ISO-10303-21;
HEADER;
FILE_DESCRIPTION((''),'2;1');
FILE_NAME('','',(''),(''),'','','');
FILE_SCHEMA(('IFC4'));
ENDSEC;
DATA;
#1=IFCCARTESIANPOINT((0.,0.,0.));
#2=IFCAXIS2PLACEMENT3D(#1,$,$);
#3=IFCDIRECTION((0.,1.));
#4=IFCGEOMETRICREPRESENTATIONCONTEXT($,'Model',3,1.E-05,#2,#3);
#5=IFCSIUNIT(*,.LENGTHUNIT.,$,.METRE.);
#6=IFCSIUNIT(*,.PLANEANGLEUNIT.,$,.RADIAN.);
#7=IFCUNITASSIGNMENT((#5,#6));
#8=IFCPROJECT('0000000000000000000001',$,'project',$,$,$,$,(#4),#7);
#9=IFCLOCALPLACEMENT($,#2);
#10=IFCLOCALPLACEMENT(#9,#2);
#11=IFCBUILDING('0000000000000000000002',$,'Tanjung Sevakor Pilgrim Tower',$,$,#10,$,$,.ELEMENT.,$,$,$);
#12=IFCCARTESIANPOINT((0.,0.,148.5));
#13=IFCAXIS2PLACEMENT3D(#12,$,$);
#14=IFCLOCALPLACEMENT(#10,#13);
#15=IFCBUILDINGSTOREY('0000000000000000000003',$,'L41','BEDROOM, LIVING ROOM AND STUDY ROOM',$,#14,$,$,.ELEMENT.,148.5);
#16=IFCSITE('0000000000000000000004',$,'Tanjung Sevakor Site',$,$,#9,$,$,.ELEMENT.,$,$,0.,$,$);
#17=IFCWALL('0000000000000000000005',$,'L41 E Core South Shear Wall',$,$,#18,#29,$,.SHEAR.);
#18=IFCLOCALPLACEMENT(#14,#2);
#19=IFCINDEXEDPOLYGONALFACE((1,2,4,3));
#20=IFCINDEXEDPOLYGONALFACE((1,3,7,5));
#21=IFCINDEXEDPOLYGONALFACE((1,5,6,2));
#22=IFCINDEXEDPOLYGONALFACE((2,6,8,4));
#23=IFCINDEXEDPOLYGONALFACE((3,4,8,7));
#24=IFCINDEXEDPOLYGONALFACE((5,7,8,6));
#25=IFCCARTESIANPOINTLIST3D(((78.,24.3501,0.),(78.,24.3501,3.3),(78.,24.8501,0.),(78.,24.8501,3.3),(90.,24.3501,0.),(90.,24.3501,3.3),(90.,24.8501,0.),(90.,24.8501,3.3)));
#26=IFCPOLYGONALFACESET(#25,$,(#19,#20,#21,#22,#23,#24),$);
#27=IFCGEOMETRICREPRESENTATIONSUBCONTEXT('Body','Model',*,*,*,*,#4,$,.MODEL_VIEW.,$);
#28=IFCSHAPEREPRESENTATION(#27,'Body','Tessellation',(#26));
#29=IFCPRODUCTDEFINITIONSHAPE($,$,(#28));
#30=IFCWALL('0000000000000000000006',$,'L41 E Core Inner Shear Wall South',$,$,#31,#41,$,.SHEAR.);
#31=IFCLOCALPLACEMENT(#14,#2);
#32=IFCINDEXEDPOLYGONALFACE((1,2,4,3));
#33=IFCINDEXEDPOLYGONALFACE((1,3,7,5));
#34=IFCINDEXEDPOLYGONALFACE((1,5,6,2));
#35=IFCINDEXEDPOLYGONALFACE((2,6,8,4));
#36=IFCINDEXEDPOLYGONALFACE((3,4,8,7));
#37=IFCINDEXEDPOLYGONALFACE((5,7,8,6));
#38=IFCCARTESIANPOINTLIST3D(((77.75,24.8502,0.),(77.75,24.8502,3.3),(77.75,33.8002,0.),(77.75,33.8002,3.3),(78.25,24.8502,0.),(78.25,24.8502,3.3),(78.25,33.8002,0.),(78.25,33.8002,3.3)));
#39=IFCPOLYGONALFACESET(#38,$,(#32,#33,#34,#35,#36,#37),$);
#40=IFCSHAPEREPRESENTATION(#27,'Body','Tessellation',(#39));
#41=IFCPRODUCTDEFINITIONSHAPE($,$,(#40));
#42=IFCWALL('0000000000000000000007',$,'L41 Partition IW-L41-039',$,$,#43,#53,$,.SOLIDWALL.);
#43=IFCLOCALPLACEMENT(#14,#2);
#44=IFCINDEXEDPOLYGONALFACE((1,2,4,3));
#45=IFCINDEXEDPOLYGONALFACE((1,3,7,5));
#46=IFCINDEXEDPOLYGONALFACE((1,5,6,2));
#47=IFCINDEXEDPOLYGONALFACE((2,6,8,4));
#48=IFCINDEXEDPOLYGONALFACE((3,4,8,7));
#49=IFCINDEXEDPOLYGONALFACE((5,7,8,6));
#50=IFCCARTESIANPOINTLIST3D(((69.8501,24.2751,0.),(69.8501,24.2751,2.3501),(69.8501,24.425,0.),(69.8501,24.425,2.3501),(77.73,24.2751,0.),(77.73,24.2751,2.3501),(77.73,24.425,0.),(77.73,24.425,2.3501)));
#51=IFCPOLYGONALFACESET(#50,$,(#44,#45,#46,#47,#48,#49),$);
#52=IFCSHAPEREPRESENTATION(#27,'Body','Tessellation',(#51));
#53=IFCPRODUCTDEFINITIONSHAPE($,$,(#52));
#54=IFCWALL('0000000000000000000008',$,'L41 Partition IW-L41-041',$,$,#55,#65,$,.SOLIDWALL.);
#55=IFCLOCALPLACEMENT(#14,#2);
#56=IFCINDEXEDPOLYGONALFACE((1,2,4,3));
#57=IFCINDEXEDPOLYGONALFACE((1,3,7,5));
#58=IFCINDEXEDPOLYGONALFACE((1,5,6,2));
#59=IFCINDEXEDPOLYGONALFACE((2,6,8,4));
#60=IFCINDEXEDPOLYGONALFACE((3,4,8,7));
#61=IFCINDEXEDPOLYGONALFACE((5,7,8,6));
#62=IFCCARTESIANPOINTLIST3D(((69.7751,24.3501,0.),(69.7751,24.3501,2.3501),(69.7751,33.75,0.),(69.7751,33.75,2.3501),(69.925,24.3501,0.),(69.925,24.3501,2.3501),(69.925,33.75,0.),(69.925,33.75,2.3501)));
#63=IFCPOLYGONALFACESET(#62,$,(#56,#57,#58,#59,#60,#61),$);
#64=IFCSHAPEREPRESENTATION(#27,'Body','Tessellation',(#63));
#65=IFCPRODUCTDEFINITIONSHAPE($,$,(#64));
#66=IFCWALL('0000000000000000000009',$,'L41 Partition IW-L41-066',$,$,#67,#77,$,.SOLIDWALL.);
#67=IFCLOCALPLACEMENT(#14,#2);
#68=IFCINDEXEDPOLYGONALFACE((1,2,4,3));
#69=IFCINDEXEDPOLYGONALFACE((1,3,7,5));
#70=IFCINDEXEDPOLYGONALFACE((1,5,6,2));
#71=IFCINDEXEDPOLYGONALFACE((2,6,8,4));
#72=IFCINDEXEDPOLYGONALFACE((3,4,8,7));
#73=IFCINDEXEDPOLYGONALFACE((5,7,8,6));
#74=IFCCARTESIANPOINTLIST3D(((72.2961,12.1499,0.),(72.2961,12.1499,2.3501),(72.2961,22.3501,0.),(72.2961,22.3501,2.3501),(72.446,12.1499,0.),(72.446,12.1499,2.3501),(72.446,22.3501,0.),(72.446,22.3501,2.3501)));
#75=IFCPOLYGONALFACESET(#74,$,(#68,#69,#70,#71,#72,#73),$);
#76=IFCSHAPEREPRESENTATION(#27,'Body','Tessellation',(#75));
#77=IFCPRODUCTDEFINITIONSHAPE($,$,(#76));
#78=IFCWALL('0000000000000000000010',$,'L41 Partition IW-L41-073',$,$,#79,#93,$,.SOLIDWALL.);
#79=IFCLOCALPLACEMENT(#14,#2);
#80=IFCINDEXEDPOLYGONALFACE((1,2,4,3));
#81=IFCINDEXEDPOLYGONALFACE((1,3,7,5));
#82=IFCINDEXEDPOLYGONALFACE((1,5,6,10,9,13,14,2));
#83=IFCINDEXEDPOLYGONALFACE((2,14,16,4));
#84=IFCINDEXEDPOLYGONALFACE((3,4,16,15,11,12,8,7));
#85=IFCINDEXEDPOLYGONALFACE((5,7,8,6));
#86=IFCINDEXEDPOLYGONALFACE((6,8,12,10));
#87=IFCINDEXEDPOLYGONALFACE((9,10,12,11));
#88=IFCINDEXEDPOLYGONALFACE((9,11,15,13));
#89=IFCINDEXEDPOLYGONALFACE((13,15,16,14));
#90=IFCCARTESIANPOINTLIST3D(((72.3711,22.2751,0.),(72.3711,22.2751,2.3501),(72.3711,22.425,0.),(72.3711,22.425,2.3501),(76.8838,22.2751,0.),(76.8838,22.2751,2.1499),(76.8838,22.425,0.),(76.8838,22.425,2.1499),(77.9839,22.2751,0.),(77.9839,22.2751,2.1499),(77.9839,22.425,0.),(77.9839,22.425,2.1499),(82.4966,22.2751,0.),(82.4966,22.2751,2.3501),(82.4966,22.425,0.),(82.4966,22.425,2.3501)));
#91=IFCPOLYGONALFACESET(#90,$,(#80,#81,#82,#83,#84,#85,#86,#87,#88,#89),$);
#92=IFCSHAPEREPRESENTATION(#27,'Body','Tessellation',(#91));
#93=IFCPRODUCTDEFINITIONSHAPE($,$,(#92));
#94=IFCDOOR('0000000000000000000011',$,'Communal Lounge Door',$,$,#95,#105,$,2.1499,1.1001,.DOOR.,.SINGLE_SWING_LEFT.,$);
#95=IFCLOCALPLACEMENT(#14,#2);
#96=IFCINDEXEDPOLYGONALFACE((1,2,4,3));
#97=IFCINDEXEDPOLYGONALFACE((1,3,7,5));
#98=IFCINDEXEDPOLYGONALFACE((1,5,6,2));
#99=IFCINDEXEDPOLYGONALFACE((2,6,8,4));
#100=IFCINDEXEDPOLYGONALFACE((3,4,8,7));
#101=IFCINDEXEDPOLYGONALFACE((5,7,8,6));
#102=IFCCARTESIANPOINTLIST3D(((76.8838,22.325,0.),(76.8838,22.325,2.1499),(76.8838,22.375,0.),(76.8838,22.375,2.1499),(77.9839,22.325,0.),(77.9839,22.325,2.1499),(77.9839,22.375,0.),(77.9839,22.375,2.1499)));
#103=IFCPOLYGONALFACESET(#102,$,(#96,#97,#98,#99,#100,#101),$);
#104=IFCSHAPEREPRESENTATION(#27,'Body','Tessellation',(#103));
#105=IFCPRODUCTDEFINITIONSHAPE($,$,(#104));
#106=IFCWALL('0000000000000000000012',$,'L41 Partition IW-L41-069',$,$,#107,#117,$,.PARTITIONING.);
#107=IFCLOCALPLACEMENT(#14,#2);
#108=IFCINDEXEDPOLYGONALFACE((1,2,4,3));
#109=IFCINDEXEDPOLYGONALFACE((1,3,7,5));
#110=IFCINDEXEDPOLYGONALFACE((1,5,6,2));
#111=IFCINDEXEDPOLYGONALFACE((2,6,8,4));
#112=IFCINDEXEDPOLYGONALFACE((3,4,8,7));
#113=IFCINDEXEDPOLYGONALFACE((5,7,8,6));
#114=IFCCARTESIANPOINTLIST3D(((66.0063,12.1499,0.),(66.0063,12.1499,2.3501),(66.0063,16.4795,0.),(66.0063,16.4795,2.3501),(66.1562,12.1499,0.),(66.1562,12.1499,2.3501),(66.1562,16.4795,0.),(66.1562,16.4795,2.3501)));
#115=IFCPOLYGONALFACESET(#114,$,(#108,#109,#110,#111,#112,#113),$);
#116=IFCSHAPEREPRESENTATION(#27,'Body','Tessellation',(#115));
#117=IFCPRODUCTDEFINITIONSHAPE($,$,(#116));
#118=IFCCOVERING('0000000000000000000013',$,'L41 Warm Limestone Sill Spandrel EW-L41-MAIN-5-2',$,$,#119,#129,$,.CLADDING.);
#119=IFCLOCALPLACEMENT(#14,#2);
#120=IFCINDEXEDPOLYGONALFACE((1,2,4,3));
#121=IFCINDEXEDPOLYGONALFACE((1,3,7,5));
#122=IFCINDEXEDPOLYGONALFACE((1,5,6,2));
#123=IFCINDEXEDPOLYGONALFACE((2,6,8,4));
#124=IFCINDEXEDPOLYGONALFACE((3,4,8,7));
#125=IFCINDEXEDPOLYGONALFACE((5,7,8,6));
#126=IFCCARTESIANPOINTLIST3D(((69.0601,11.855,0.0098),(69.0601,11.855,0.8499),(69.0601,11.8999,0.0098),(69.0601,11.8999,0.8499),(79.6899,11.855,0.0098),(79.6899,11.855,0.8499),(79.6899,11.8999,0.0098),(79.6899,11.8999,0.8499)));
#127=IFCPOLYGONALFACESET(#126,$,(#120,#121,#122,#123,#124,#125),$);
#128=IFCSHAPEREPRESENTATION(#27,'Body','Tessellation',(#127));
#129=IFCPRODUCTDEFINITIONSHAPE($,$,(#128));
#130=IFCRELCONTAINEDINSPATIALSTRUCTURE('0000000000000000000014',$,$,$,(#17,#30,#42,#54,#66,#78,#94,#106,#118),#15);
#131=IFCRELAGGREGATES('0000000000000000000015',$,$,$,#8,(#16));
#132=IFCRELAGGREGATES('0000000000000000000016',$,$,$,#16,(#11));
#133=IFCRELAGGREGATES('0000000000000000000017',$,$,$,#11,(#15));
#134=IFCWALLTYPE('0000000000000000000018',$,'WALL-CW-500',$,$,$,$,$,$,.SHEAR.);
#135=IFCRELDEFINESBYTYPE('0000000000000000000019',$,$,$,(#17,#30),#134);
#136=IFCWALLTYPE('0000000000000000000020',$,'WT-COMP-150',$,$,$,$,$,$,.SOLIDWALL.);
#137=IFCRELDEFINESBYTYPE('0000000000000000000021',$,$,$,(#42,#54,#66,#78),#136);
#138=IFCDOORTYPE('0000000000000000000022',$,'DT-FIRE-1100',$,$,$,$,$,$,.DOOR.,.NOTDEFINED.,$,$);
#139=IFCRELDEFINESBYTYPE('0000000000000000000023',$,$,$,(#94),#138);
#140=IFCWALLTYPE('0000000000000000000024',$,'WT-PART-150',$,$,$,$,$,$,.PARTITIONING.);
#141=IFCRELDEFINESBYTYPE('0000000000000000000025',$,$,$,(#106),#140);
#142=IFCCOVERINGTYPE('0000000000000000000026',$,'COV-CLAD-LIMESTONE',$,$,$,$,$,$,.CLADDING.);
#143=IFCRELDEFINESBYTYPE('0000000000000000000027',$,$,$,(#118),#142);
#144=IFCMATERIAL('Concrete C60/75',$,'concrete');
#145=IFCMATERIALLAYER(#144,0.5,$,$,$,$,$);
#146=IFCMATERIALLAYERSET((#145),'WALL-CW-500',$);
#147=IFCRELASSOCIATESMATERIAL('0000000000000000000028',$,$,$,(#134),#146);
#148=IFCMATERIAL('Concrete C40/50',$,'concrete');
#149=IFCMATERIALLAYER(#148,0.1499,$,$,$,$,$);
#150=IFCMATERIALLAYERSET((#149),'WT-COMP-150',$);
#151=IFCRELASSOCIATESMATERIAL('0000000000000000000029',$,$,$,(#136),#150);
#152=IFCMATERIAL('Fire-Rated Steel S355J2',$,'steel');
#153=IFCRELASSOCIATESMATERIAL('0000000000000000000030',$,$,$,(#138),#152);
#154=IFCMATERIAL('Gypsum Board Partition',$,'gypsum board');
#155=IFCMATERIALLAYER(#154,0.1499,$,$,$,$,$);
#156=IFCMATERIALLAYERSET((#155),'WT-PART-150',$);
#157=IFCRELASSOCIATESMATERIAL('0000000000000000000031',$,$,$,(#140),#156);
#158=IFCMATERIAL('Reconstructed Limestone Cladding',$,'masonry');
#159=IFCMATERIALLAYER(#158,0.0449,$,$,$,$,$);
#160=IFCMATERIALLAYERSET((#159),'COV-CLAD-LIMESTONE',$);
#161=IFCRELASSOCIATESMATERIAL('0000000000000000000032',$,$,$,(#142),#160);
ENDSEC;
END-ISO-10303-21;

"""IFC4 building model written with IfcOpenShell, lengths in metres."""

from ifc_helpers import new_model, si_unit, direction, frame, frame_2d, origin, origin_2d, place, context, subcontext, project, spatial, rectangle, extrude, material, layer, layer_set, type_object, element, fill, save


model = new_model("IFC4")

# Units and contexts
model_context = context("Model", 3, precision=1e-05, world=origin(), true_north=direction((0.0, 1.0)))
body_context = subcontext(model_context, "Body", "Model", "MODEL_VIEW")
ifc_project = project(units=[si_unit("LENGTHUNIT", "METRE"), si_unit("PLANEANGLEUNIT", "RADIAN")], contexts=[model_context])

# Site, building, storey
site_placement = place(None, origin())
site = spatial("IfcSite", under=ifc_project, at=site_placement, Name="Tanjung Sevakor Site", CompositionType="ELEMENT", RefElevation=0.0)
building_placement = place(site_placement, origin())
building = spatial("IfcBuilding", under=site, at=building_placement, Name="Tanjung Sevakor Pilgrim Tower", CompositionType="ELEMENT")
storey_placement = place(building_placement, frame((0.0, 0.0, 148.5)))
storey = spatial("IfcBuildingStorey", under=building, at=storey_placement, Name="L41", Description="BEDROOM, LIVING ROOM AND STUDY ROOM", CompositionType="ELEMENT", Elevation=148.5)

# Walls
ifc_material_1 = material(Name="Concrete C60/75", Category="concrete")
ifc_layer_1 = layer(ifc_material_1, 0.5)
ifc_layer_set_1 = layer_set([ifc_layer_1], Name="WALL-CW-500")
wall_type_1 = type_object("IfcWallType", Name="WALL-CW-500", PredefinedType="SHEAR", material=ifc_layer_set_1)
wall_1_placement = place(storey_placement, frame((78.0, 24.6001, 0.0), z_axis=(0.0, 0.0, 1.0), x_axis=(1.0, 0.0, 0.0)))
element("IfcWall", 1, at=wall_1_placement, inside=storey, type_object=wall_type_1, Name="L41 E Core South Shear Wall", PredefinedType="SHEAR", context=body_context, shape_type="SweptSolid", body=[
    extrude(rectangle(XDim=12.0, YDim=0.5, at=frame_2d((6.0, 0.0))), origin(), (0.0, 0.0, 1.0), 3.3),
])
wall_2_placement = place(storey_placement, frame((78.0, 24.8501, 0.0), z_axis=(0.0, 0.0, 1.0), x_axis=(0.0, 1.0, 0.0)))
element("IfcWall", 2, at=wall_2_placement, inside=storey, type_object=wall_type_1, Name="L41 E Core Inner Shear Wall South", PredefinedType="SHEAR", context=body_context, shape_type="SweptSolid", body=[
    extrude(rectangle(XDim=8.95, YDim=0.5, at=frame_2d((4.4751, 0.0))), origin(), (0.0, 0.0, 1.0), 3.3),
])
ifc_material_2 = material(Name="Concrete C40/50", Category="concrete")
ifc_layer_2 = layer(ifc_material_2, 0.1499)
ifc_layer_set_2 = layer_set([ifc_layer_2], Name="WT-COMP-150")
wall_type_2 = type_object("IfcWallType", Name="WT-COMP-150", PredefinedType="SOLIDWALL", material=ifc_layer_set_2)
wall_3_placement = place(storey_placement, frame((69.8501, 24.3501, 0.0), z_axis=(0.0, 0.0, 1.0), x_axis=(1.0, 0.0, 0.0)))
element("IfcWall", 3, at=wall_3_placement, inside=storey, type_object=wall_type_2, Name="L41 Partition IW-L41-039", PredefinedType="SOLIDWALL", context=body_context, shape_type="SweptSolid", body=[
    extrude(rectangle(XDim=7.8799, YDim=0.1499, at=frame_2d((3.9399, 0.0))), origin(), (0.0, 0.0, 1.0), 2.3501),
])
wall_4_placement = place(storey_placement, frame((69.8501, 24.3501, 0.0), z_axis=(0.0, 0.0, 1.0), x_axis=(0.0, 1.0, 0.0)))
element("IfcWall", 4, at=wall_4_placement, inside=storey, type_object=wall_type_2, Name="L41 Partition IW-L41-041", PredefinedType="SOLIDWALL", context=body_context, shape_type="SweptSolid", body=[
    extrude(rectangle(XDim=9.3999, YDim=0.1499, at=frame_2d((4.7, 0.0))), origin(), (0.0, 0.0, 1.0), 2.3501),
])
wall_5_placement = place(storey_placement, frame((72.3711, 12.1499, 0.0), z_axis=(0.0, 0.0, 1.0), x_axis=(0.0, 1.0, 0.0)))
element("IfcWall", 5, at=wall_5_placement, inside=storey, type_object=wall_type_2, Name="L41 Partition IW-L41-066", PredefinedType="SOLIDWALL", context=body_context, shape_type="SweptSolid", body=[
    extrude(rectangle(XDim=10.2002, YDim=0.1499, at=frame_2d((5.1001, 0.0))), origin(), (0.0, 0.0, 1.0), 2.3501),
])

# Wall, opening, door
wall_6_placement = place(storey_placement, frame((72.3711, 22.3501, 0.0), z_axis=(0.0, 0.0, 1.0), x_axis=(1.0, 0.0, 0.0)))
wall_6 = element("IfcWall", 6, at=wall_6_placement, inside=storey, type_object=wall_type_2, Name="L41 Partition IW-L41-073", PredefinedType="SOLIDWALL", context=body_context, shape_type="SweptSolid", body=[
    extrude(rectangle(XDim=10.1255, YDim=0.1499, at=frame_2d((5.0627, 0.0))), origin(), (0.0, 0.0, 1.0), 2.3501),
])
opening_1_placement = place(wall_6_placement, frame((4.5127, 0.0, 0.0)))
opening_1 = element("IfcOpeningElement", 7, at=opening_1_placement, cuts=wall_6, PredefinedType="OPENING", context=body_context, shape_type="SweptSolid", body=[
    extrude(rectangle(XDim=1.1001, YDim=2.1499, at=frame_2d((0.55, 1.075))), frame((0.0, 0.085, 0.0), z_axis=(0.0, -1.0, 0.0), x_axis=(1.0, 0.0, 0.0)), (0.0, 0.0, 1.0), 0.1699),
])
ifc_material_3 = material(Name="Fire-Rated Steel S355J2", Category="steel")
door_type_1 = type_object("IfcDoorType", Name="DT-FIRE-1100", OperationType="NOTDEFINED", PredefinedType="DOOR", material=ifc_material_3)
door_1_placement = place(opening_1_placement, origin())
door_1 = element("IfcDoor", 8, at=door_1_placement, inside=storey, type_object=door_type_1, Name="Communal Lounge Door", OperationType="SINGLE_SWING_LEFT", OverallHeight=2.1499, OverallWidth=1.1001, PredefinedType="DOOR", context=body_context, shape_type="SweptSolid", body=[
    extrude(rectangle(XDim=1.1001, YDim=2.1499, at=frame_2d((0.55, 1.075))), frame((0.0, 0.0249, 0.0), z_axis=(0.0, -1.0, 0.0), x_axis=(1.0, 0.0, 0.0)), (0.0, 0.0, 1.0), 0.05),
])
fill(opening_1, door_1)

# Wall
ifc_material_4 = material(Name="Gypsum Board Partition", Category="gypsum board")
ifc_layer_3 = layer(ifc_material_4, 0.1499)
ifc_layer_set_3 = layer_set([ifc_layer_3], Name="WT-PART-150")
wall_type_3 = type_object("IfcWallType", Name="WT-PART-150", PredefinedType="PARTITIONING", material=ifc_layer_set_3)
wall_7_placement = place(storey_placement, frame((66.0813, 12.1499, 0.0), z_axis=(0.0, 0.0, 1.0), x_axis=(0.0, 1.0, 0.0)))
element("IfcWall", 9, at=wall_7_placement, inside=storey, type_object=wall_type_3, Name="L41 Partition IW-L41-069", PredefinedType="PARTITIONING", context=body_context, shape_type="SweptSolid", body=[
    extrude(rectangle(XDim=4.3296, YDim=0.1499, at=frame_2d((2.1648, 0.0))), origin(), (0.0, 0.0, 1.0), 2.3501),
])

# Covering
ifc_material_5 = material(Name="Reconstructed Limestone Cladding", Category="masonry")
ifc_layer_4 = layer(ifc_material_5, 0.0449)
ifc_layer_set_4 = layer_set([ifc_layer_4], Name="COV-CLAD-LIMESTONE")
covering_type = type_object("IfcCoveringType", Name="COV-CLAD-LIMESTONE", PredefinedType="CLADDING", material=ifc_layer_set_4)
covering_placement = place(storey_placement, frame((74.375, 11.8774, 0.0098), z_axis=(0.0, 0.0, 1.0), x_axis=(1.0, 0.0, 0.0)))
element("IfcCovering", 10, at=covering_placement, inside=storey, type_object=covering_type, Name="L41 Warm Limestone Sill Spandrel EW-L41-MAIN-5-2", PredefinedType="CLADDING", context=body_context, shape_type="SweptSolid", body=[
    extrude(rectangle(XDim=10.6299, YDim=0.0449, at=origin_2d()), origin(), (0.0, 0.0, 1.0), 0.8401),
])

save(model, "model.ifc")
